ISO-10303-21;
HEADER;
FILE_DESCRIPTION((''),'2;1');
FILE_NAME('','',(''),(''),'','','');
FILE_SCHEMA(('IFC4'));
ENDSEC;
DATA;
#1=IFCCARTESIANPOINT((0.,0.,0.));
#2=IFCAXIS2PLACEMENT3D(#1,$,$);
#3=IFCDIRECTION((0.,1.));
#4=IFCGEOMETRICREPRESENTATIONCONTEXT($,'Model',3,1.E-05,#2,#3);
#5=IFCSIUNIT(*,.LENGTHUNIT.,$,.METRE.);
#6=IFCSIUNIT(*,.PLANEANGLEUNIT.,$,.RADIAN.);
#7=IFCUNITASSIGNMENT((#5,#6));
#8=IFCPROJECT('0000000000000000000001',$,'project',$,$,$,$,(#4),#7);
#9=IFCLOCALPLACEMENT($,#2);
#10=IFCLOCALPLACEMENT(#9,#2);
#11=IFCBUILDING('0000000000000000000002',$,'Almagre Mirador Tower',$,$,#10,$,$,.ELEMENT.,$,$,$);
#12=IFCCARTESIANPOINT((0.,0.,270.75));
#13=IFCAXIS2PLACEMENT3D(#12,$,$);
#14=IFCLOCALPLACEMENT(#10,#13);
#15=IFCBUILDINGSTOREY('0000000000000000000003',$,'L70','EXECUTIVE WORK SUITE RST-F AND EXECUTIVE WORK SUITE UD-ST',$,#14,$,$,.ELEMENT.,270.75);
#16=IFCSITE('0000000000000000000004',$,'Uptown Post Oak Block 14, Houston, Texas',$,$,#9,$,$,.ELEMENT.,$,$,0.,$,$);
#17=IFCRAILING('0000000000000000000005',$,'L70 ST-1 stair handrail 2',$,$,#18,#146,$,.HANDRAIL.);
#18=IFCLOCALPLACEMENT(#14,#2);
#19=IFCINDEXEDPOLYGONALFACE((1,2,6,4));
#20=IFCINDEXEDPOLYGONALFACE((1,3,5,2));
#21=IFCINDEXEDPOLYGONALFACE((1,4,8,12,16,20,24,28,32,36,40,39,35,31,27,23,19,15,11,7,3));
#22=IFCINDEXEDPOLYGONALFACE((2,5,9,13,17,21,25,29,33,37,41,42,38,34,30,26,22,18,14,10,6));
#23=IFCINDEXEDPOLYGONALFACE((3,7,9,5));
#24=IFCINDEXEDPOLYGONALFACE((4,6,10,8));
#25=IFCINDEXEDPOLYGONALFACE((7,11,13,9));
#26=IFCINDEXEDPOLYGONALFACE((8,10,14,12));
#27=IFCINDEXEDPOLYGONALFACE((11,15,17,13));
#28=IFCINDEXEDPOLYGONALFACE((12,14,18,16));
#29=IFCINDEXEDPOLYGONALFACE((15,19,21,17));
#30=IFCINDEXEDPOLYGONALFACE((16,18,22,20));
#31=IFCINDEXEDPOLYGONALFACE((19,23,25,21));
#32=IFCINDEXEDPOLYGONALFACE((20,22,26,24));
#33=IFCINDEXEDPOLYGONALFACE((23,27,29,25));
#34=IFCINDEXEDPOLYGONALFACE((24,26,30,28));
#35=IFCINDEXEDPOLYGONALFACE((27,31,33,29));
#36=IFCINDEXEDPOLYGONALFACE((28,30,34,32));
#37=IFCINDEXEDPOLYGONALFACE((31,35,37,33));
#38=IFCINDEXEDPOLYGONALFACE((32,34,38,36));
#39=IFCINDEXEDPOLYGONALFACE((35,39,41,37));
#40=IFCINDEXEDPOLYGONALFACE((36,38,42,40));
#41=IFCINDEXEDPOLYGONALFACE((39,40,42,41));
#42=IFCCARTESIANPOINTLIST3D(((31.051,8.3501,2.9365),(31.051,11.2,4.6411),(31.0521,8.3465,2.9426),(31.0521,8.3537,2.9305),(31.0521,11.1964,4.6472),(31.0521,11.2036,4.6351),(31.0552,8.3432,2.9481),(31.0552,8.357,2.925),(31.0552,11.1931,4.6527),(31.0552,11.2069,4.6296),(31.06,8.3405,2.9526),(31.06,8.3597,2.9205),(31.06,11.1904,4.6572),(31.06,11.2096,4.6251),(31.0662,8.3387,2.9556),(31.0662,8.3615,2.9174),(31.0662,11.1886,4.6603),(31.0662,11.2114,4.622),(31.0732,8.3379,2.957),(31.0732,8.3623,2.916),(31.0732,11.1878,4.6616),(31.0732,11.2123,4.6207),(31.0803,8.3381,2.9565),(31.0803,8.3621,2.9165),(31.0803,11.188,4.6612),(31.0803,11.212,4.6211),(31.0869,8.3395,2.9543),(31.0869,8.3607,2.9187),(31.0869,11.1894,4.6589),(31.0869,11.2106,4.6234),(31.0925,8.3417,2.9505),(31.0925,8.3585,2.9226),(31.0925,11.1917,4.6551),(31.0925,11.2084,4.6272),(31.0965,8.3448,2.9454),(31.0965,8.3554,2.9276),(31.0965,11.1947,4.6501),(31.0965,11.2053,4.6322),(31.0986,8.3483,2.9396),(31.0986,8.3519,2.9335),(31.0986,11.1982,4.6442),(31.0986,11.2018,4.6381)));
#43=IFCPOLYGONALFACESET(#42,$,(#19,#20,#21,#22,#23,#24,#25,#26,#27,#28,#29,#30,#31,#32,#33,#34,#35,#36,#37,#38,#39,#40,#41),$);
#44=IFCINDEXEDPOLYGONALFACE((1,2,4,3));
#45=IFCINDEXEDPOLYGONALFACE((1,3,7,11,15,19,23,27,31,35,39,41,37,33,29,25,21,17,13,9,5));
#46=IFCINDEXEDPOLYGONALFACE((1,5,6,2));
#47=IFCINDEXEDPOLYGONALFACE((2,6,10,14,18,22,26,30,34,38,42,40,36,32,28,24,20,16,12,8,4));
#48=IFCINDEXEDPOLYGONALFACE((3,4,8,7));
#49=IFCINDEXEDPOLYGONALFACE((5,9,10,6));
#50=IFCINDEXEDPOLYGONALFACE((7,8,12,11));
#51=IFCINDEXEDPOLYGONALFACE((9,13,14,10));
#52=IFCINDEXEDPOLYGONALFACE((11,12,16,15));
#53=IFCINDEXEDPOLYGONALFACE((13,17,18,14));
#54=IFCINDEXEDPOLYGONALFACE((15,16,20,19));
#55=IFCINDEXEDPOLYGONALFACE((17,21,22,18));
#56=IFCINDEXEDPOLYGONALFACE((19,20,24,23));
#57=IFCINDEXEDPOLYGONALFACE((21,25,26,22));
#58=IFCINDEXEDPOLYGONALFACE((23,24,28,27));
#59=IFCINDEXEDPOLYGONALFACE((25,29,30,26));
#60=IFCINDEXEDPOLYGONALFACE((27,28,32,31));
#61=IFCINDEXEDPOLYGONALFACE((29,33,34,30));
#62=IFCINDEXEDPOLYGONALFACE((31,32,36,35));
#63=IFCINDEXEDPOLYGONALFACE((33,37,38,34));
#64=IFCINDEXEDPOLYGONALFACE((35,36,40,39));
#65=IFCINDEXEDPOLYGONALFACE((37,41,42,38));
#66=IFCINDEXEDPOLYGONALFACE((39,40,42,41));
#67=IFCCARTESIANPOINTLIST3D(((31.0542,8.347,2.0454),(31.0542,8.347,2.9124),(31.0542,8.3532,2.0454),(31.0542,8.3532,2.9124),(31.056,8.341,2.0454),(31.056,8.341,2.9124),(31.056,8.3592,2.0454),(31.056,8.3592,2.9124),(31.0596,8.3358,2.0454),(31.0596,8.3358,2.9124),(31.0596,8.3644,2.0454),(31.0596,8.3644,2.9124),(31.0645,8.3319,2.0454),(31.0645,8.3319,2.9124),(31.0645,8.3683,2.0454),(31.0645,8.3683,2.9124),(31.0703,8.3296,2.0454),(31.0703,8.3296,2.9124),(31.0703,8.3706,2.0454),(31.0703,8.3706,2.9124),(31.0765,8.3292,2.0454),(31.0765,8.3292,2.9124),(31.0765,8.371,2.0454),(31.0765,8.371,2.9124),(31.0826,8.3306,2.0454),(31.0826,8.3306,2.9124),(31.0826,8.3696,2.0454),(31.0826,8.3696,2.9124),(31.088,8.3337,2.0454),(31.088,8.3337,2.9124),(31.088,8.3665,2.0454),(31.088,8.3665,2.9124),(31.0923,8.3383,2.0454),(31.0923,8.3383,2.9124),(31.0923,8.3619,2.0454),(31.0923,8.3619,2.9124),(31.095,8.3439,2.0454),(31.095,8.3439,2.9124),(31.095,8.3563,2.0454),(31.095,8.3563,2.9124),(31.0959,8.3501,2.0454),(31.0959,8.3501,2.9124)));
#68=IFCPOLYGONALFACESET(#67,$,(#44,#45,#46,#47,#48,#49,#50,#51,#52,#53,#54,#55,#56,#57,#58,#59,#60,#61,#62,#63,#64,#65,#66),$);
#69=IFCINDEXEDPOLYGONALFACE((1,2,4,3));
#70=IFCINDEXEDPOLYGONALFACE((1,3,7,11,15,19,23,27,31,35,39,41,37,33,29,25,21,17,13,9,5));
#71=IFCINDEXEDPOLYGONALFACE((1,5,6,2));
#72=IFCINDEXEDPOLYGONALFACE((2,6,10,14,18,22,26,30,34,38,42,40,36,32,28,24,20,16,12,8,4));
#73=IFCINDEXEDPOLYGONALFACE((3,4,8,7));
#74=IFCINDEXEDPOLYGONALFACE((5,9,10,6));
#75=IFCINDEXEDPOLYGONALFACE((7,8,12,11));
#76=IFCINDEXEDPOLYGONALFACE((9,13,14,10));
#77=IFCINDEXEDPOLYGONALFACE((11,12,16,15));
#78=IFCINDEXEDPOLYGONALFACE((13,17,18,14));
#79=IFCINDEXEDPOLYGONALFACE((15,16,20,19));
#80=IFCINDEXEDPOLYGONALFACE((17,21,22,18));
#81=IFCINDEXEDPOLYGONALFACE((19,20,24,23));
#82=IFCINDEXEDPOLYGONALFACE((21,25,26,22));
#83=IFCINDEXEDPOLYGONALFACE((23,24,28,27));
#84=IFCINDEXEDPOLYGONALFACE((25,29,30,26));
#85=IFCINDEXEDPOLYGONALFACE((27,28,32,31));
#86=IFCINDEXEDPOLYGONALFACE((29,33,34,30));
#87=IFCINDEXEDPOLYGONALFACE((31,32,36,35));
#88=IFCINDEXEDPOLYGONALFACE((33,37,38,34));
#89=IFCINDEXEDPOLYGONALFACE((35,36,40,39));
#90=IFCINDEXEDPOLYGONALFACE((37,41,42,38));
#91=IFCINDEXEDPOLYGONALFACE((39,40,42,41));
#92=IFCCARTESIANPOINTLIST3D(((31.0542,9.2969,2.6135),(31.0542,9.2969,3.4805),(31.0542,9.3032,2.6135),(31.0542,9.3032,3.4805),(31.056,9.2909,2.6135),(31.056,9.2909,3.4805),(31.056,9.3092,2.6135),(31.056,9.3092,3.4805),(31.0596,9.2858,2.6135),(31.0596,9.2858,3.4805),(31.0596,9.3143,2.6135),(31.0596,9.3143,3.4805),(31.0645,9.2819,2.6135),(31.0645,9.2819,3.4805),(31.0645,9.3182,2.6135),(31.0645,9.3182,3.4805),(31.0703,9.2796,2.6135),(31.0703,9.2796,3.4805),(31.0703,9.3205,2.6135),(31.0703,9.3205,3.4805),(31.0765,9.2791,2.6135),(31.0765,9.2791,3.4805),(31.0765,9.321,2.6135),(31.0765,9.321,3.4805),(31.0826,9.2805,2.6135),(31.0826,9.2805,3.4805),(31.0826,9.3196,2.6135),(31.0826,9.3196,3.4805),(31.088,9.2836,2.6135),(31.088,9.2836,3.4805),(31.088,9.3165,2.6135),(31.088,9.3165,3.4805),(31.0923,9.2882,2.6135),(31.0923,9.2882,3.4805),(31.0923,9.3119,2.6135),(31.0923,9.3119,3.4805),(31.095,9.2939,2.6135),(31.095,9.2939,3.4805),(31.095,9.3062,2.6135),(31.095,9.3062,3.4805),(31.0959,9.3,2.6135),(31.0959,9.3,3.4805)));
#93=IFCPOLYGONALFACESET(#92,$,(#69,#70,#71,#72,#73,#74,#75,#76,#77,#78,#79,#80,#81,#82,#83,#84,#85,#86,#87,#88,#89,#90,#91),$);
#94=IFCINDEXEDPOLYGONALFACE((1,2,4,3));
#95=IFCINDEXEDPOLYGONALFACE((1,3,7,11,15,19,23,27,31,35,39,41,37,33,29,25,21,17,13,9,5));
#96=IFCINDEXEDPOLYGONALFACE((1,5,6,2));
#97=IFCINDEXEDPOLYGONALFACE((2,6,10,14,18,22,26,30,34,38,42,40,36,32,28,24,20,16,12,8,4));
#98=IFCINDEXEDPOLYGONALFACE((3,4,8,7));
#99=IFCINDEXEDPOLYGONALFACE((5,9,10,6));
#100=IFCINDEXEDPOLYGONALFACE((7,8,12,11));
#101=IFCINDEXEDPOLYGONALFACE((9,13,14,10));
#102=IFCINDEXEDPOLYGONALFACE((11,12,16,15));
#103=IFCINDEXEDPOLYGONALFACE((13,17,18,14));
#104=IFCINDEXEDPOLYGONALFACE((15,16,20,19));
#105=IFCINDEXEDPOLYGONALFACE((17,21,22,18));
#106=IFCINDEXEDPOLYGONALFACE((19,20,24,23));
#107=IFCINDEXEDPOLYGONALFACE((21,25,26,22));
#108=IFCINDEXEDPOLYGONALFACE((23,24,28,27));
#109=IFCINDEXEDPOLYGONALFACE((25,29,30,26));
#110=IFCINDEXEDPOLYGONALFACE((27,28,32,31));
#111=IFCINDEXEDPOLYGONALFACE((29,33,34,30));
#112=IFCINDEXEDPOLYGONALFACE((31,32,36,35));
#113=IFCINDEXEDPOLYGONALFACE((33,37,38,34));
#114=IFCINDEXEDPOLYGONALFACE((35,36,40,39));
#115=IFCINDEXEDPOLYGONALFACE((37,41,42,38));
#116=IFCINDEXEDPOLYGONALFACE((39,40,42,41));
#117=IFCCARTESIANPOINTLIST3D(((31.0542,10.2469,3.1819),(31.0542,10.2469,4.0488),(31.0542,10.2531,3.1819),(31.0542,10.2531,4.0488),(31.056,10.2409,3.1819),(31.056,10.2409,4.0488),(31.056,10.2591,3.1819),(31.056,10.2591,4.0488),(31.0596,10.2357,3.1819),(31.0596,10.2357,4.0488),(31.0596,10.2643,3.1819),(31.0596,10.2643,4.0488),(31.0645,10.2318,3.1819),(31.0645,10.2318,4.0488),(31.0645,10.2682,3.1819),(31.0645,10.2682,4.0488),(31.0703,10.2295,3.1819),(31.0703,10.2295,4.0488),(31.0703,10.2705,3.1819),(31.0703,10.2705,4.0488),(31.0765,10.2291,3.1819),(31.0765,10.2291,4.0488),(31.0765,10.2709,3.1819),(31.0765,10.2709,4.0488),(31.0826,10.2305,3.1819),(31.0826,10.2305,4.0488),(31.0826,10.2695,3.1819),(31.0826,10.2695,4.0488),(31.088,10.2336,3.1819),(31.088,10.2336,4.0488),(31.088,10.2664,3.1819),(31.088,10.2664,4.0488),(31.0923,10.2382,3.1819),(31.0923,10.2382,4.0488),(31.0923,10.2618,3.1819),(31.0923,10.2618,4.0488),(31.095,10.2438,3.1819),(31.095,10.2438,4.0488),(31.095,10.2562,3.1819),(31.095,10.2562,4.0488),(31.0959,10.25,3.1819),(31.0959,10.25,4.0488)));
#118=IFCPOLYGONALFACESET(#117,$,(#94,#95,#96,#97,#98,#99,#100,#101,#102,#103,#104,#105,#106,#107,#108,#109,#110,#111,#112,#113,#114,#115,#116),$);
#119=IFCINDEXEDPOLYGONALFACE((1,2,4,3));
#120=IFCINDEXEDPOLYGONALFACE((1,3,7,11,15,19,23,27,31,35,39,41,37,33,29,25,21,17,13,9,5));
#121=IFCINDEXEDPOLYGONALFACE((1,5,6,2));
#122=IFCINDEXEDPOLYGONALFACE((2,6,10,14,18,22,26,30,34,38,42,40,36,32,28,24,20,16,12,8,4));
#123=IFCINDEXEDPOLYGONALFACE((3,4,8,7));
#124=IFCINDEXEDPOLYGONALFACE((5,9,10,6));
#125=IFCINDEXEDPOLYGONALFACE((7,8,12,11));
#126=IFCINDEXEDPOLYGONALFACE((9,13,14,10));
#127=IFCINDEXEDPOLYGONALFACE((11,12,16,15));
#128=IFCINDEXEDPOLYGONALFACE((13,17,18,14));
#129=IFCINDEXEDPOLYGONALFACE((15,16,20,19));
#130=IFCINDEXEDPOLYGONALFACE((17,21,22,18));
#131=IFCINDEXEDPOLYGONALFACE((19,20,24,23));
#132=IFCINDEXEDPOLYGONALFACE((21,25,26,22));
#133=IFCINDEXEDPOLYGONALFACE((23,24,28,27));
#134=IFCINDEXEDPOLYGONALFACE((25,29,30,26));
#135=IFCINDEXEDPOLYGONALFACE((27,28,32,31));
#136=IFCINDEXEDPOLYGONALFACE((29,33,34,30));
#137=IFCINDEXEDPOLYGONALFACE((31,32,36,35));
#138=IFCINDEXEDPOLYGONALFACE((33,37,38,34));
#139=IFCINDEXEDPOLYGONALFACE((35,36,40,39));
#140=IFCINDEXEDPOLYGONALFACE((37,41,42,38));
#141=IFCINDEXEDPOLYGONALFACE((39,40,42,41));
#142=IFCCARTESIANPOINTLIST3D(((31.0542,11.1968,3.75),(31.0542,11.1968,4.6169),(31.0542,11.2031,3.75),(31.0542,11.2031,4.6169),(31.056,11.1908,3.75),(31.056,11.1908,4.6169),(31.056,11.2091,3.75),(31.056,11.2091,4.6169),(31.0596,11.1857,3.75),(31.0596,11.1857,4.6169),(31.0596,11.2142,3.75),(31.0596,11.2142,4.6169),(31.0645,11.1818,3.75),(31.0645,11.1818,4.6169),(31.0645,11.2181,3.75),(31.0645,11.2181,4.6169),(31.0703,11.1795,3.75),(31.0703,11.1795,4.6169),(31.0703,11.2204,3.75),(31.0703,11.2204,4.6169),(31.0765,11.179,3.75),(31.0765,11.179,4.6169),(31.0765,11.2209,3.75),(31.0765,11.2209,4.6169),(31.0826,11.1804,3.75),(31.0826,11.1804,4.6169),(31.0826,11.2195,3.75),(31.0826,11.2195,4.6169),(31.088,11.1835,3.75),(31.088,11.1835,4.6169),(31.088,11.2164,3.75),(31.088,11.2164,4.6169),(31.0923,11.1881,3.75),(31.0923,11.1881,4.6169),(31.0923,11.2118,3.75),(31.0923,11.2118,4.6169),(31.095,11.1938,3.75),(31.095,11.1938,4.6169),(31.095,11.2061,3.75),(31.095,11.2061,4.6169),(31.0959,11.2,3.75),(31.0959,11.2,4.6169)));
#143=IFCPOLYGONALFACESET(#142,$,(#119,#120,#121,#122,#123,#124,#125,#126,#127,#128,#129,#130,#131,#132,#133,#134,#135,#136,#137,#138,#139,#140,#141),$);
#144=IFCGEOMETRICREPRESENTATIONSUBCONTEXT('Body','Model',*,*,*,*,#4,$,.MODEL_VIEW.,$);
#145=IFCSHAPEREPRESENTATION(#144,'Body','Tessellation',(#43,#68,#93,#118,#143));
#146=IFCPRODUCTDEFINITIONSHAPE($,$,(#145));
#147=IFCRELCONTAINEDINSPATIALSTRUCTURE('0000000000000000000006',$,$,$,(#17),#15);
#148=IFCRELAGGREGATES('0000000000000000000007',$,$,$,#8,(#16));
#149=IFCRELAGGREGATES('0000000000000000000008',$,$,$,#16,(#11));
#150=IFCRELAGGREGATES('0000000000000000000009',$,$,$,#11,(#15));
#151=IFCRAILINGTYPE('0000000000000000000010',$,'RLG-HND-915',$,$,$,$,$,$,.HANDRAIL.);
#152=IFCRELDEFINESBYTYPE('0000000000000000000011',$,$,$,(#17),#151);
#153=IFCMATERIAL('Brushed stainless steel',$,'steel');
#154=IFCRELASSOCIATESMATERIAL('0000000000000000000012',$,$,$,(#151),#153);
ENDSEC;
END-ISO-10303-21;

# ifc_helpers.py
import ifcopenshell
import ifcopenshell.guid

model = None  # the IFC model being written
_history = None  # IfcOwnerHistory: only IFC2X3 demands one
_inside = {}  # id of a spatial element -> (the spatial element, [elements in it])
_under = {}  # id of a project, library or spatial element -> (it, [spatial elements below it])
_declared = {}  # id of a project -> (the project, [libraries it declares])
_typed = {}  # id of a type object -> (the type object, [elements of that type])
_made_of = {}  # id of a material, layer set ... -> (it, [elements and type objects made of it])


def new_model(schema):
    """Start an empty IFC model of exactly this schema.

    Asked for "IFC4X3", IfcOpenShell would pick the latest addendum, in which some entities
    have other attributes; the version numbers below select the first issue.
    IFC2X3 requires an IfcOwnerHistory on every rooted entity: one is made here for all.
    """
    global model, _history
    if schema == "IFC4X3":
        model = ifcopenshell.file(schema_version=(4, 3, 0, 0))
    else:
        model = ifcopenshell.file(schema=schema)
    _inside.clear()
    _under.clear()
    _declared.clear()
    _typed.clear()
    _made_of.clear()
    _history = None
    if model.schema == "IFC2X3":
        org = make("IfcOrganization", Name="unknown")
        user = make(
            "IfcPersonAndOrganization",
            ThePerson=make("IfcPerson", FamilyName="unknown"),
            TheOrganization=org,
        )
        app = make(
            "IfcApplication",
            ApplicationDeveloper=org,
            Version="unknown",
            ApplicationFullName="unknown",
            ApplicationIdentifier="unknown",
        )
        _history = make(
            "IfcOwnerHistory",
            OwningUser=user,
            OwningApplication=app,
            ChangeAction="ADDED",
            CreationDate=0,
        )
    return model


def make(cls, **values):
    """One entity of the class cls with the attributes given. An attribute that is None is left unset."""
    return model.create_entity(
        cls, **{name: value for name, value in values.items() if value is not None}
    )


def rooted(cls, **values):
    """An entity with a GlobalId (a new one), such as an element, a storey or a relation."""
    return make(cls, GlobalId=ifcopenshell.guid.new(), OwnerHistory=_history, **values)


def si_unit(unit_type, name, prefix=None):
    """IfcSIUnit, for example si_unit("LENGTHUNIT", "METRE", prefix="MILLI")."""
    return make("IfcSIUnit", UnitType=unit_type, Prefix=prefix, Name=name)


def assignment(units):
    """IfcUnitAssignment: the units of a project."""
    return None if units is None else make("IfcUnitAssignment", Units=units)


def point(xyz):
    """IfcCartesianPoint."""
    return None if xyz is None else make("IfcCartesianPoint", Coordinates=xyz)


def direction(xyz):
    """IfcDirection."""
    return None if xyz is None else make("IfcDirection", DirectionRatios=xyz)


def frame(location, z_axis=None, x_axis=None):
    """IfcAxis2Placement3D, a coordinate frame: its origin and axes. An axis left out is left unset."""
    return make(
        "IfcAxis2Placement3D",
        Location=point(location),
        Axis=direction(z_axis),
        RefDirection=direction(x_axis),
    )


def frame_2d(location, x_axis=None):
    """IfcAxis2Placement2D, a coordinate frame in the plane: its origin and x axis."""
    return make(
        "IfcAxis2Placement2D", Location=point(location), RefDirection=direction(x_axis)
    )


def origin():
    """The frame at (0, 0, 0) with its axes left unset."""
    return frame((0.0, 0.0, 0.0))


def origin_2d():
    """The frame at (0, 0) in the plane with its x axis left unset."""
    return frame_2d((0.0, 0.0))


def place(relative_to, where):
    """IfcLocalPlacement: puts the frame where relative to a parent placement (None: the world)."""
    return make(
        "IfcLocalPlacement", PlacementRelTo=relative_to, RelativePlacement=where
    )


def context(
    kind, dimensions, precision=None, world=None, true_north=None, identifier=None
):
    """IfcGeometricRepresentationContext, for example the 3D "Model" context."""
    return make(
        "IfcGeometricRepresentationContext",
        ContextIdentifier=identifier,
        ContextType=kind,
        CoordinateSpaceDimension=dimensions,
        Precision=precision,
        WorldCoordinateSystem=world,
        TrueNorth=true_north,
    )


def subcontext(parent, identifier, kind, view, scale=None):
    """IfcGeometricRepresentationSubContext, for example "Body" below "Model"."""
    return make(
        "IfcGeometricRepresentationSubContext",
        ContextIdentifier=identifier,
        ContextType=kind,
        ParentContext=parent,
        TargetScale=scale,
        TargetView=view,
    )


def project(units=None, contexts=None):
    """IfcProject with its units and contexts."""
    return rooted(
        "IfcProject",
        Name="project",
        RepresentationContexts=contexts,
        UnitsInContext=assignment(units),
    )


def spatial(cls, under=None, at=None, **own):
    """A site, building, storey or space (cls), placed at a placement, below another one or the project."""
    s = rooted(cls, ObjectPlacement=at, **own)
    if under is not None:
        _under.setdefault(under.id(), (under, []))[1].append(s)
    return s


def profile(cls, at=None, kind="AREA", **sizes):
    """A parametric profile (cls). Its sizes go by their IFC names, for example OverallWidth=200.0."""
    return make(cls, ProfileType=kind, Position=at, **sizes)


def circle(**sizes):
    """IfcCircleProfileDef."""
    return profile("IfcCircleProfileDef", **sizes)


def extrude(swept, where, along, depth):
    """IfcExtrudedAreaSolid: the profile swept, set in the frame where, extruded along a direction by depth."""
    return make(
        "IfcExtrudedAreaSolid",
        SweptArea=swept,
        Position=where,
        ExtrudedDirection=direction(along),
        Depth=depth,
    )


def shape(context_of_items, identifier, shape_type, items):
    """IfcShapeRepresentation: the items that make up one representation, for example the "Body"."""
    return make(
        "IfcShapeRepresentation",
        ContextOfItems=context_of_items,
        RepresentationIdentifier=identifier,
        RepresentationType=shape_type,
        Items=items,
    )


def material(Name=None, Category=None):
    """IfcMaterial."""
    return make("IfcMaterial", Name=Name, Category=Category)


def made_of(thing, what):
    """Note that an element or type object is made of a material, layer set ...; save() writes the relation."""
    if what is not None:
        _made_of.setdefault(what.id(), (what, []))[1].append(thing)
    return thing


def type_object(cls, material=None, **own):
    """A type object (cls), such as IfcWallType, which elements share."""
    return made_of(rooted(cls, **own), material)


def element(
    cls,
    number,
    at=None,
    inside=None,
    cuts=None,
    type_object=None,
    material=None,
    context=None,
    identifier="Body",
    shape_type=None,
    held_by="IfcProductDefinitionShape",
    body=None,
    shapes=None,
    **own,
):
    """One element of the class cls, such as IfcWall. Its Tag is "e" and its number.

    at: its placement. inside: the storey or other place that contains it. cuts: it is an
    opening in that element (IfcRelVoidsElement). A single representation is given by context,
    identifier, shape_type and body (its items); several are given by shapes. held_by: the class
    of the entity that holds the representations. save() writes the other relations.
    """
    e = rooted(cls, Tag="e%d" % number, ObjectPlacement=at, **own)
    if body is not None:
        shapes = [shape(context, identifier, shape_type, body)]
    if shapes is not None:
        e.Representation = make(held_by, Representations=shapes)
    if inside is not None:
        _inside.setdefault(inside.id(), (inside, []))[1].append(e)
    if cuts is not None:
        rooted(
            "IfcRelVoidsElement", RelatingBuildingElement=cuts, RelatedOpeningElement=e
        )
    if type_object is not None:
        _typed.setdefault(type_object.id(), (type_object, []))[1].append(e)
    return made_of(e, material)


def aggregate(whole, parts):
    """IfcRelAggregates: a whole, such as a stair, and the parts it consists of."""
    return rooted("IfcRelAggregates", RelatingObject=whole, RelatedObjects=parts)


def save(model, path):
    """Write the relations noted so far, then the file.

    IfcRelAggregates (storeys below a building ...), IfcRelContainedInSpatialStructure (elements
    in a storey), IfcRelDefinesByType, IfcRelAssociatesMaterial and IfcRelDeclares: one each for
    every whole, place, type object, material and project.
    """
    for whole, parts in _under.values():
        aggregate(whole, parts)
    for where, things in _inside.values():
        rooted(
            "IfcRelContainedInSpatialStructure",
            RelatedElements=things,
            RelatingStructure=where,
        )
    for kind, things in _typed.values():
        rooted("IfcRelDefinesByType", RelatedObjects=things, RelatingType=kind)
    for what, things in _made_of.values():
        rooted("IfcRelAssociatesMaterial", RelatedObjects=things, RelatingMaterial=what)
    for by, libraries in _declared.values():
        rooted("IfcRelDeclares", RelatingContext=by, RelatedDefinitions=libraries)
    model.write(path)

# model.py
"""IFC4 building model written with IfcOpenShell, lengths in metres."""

from ifc_helpers import new_model, si_unit, direction, frame, origin, origin_2d, place, context, subcontext, project, spatial, circle, extrude, material, type_object, element, save


model = new_model("IFC4")

# Units and contexts
model_context = context("Model", 3, precision=1e-05, world=origin(), true_north=direction((0.0, 1.0)))
body_context = subcontext(model_context, "Body", "Model", "MODEL_VIEW")
ifc_project = project(units=[si_unit("LENGTHUNIT", "METRE"), si_unit("PLANEANGLEUNIT", "RADIAN")], contexts=[model_context])

# Site, building, storey
site_placement = place(None, origin())
site = spatial("IfcSite", under=ifc_project, at=site_placement, Name="Uptown Post Oak Block 14, Houston, Texas", CompositionType="ELEMENT", RefElevation=0.0)
building_placement = place(site_placement, origin())
building = spatial("IfcBuilding", under=site, at=building_placement, Name="Almagre Mirador Tower", CompositionType="ELEMENT")
storey_placement = place(building_placement, frame((0.0, 0.0, 270.75)))
storey = spatial("IfcBuildingStorey", under=building, at=storey_placement, Name="L70", Description="EXECUTIVE WORK SUITE RST-F AND EXECUTIVE WORK SUITE UD-ST", CompositionType="ELEMENT", Elevation=270.75)

# Railing
ifc_material_1 = material(Name="Brushed stainless steel", Category="steel")
railing_type = type_object("IfcRailingType", Name="RLG-HND-915", PredefinedType="HANDRAIL", material=ifc_material_1)
railing_placement = place(storey_placement, frame((31.075, 8.3501, 2.0454)))
element("IfcRailing", 1, at=railing_placement, inside=storey, type_object=railing_type, Name="L70 ST-1 stair handrail 2", PredefinedType="HANDRAIL", context=body_context, shape_type="SweptSolid", body=[
    extrude(circle(Radius=0.0239, at=origin_2d()), frame((0.0, 0.0, 0.8911), z_axis=(0.0, 0.858199, 0.513317), x_axis=(-1.0, 0.0, 0.0)), (0.0, 0.0, 1.0), 3.3208),
    extrude(circle(Radius=0.021, at=origin_2d()), origin(), (0.0, 0.0, 1.0), 0.8669),
    extrude(circle(Radius=0.021, at=origin_2d()), frame((0.0, 0.95, 0.5681)), (0.0, 0.0, 1.0), 0.8669),
    extrude(circle(Radius=0.021, at=origin_2d()), frame((0.0, 1.8999, 1.1365)), (0.0, 0.0, 1.0), 0.8669),
    extrude(circle(Radius=0.021, at=origin_2d()), frame((0.0, 2.8499, 1.7046)), (0.0, 0.0, 1.0), 0.8669),
])

save(model, "model.ifc")
